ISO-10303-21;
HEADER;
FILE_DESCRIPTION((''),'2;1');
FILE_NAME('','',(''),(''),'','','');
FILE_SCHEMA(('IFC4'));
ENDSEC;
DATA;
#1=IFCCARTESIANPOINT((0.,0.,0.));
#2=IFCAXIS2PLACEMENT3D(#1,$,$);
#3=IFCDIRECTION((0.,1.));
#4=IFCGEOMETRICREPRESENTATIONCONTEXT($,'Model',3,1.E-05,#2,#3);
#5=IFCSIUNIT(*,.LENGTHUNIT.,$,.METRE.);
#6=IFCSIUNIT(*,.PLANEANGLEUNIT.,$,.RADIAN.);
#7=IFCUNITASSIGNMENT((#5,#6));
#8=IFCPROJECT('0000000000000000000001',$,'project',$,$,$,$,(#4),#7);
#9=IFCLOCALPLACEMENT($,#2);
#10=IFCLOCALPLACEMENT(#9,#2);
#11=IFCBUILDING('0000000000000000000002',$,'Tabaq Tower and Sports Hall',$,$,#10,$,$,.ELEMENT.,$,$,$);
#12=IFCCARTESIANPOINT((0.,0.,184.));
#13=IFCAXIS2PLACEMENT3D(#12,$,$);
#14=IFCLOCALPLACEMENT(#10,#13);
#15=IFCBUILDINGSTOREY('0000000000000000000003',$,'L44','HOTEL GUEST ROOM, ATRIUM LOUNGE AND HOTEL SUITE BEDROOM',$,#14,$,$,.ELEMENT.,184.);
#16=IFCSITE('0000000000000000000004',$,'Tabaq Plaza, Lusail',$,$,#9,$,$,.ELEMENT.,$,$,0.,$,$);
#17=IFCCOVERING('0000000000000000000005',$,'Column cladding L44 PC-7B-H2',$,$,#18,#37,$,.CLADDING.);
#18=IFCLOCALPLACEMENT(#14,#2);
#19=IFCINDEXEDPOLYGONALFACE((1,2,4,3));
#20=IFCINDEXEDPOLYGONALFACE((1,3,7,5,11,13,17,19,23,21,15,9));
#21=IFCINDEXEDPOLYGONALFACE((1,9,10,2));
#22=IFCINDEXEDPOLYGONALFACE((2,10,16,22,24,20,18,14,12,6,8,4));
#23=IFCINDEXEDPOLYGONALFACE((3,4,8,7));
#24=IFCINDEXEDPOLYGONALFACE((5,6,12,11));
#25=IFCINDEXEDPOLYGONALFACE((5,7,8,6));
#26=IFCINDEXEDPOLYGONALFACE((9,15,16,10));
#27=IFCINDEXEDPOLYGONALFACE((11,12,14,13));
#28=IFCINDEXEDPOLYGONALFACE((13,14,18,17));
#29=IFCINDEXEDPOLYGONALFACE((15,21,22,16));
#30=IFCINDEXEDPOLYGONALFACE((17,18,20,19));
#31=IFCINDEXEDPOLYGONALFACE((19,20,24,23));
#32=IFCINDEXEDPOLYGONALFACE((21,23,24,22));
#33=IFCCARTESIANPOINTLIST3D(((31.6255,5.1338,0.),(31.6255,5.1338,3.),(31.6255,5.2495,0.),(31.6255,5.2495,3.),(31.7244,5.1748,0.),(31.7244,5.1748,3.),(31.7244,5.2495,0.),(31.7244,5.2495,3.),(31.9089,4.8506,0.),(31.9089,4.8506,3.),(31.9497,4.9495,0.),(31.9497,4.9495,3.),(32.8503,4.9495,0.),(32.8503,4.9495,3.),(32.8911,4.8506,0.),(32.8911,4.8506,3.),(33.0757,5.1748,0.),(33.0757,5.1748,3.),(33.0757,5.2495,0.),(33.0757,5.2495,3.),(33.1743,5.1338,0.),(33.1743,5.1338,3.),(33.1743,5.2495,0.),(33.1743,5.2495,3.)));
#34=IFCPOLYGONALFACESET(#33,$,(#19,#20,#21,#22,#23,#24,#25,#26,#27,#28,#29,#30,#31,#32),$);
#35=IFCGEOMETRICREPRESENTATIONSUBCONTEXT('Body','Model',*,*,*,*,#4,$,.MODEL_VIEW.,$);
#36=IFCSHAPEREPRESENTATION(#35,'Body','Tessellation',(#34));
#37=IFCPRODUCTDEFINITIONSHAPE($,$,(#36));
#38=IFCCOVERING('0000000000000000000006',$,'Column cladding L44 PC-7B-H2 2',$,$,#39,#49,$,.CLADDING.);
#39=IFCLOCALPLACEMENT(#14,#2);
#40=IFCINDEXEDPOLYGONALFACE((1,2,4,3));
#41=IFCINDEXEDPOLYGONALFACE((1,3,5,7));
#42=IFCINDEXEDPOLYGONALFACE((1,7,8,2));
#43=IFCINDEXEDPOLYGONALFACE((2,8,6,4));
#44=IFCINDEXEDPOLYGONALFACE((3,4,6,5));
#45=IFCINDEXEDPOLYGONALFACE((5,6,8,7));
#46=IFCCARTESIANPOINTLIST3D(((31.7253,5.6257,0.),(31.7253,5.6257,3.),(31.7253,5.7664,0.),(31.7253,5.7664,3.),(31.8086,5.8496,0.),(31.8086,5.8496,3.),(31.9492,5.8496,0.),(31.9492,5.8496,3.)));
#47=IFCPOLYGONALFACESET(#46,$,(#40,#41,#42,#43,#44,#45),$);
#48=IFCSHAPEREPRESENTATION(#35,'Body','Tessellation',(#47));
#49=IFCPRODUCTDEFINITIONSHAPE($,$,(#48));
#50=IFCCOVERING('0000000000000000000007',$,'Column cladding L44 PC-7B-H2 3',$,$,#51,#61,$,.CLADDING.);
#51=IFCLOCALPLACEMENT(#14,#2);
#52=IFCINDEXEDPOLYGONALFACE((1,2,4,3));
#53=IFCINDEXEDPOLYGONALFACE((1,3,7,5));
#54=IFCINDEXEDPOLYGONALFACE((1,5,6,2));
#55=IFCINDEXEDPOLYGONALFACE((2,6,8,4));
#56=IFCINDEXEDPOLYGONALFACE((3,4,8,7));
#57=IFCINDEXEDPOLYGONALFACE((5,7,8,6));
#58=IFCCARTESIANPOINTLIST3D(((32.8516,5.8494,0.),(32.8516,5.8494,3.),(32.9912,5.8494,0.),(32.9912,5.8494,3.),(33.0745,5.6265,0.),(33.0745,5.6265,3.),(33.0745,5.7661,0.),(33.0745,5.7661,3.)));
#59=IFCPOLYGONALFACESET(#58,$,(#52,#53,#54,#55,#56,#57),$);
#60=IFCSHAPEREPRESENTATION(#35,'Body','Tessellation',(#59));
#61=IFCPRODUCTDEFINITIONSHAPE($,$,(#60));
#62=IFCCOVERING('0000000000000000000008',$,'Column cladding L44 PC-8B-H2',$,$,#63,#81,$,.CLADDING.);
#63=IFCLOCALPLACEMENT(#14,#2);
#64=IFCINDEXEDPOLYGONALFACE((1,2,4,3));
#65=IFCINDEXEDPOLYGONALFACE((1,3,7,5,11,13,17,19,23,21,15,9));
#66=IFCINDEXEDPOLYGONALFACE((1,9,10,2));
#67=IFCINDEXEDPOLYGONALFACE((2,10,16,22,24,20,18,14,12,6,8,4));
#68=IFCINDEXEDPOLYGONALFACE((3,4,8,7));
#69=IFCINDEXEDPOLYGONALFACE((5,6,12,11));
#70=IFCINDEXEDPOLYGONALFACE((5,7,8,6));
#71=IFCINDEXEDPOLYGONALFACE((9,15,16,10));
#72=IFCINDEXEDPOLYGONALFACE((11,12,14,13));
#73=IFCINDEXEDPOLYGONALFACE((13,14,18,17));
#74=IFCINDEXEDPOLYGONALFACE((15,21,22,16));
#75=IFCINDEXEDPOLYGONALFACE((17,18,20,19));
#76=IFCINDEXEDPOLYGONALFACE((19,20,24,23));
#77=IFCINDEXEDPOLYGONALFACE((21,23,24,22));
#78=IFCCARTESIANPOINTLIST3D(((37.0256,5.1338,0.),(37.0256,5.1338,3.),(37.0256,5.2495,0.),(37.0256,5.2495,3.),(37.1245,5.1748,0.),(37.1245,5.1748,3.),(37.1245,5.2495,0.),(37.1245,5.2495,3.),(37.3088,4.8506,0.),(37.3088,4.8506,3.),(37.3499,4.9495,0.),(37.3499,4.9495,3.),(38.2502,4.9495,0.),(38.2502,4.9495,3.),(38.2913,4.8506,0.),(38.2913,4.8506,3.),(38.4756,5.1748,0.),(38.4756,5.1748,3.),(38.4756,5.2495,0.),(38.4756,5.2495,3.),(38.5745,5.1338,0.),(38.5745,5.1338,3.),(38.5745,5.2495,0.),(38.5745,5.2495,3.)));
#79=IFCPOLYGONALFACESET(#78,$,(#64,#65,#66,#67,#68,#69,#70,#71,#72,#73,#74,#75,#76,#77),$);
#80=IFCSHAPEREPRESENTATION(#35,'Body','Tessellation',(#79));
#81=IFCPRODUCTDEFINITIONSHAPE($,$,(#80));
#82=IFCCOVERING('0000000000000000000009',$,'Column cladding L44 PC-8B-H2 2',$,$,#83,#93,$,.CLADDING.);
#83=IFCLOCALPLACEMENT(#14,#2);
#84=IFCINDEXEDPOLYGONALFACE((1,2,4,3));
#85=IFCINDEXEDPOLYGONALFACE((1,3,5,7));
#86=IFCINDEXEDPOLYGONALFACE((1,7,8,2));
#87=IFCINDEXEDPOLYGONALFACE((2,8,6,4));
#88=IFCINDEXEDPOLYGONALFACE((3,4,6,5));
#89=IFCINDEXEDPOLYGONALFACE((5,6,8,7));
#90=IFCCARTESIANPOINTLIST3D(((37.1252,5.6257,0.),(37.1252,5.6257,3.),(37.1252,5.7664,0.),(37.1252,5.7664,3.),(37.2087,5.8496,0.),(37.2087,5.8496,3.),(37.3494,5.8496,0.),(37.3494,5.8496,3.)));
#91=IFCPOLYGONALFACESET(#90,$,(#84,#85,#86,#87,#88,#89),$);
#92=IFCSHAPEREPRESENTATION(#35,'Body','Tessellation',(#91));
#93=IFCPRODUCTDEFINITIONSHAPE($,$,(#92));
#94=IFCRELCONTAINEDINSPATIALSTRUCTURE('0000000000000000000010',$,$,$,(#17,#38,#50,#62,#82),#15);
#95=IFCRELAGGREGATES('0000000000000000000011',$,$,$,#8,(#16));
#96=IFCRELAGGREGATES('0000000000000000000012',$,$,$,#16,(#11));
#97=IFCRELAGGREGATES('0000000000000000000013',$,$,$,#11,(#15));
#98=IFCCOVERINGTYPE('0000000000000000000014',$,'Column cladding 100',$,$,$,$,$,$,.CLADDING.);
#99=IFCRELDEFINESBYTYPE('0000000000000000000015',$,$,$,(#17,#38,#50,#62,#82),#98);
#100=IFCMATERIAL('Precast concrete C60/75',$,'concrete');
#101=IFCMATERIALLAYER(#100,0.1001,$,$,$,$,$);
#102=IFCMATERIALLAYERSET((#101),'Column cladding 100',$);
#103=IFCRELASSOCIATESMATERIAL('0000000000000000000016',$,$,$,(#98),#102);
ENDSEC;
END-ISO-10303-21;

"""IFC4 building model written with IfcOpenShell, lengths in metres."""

from ifc_helpers import new_model, si_unit, direction, frame, origin, place, context, subcontext, project, spatial, polyline, outline, extrude, material, layer, layer_set, type_object, element, save


model = new_model("IFC4")

# Units and contexts
model_context = context("Model", 3, precision=1e-05, world=origin(), true_north=direction((0.0, 1.0)))
body_context = subcontext(model_context, "Body", "Model", "MODEL_VIEW")
ifc_project = project(units=[si_unit("LENGTHUNIT", "METRE"), si_unit("PLANEANGLEUNIT", "RADIAN")], contexts=[model_context])

# Site, building, storey
site_placement = place(None, origin())
site = spatial("IfcSite", under=ifc_project, at=site_placement, Name="Tabaq Plaza, Lusail", CompositionType="ELEMENT", RefElevation=0.0)
building_placement = place(site_placement, origin())
building = spatial("IfcBuilding", under=site, at=building_placement, Name="Tabaq Tower and Sports Hall", CompositionType="ELEMENT")
storey_placement = place(building_placement, frame((0.0, 0.0, 184.0)))
storey = spatial("IfcBuildingStorey", under=building, at=storey_placement, Name="L44", Description="HOTEL GUEST ROOM, ATRIUM LOUNGE AND HOTEL SUITE BEDROOM", CompositionType="ELEMENT", Elevation=184.0)

# Coverings
ifc_material_1 = material(Name="Precast concrete C60/75", Category="concrete")
ifc_layer_1 = layer(ifc_material_1, 0.1001)
ifc_layer_set_1 = layer_set([ifc_layer_1], Name="Column cladding 100")
covering_type = type_object("IfcCoveringType", Name="Column cladding 100", PredefinedType="CLADDING", material=ifc_layer_set_1)
covering_1_placement = place(storey_placement, origin())
element("IfcCovering", 1, at=covering_1_placement, inside=storey, type_object=covering_type, Name="Column cladding L44 PC-7B-H2", PredefinedType="CLADDING", context=body_context, shape_type="SweptSolid", body=[
    extrude(outline(polyline([(31.6255, 5.2495), (31.7244, 5.2495), (31.7244, 5.1748), (31.9497, 4.9495), (32.8503, 4.9495), (33.0757, 5.1748), (33.0757, 5.2495), (33.1743, 5.2495), (33.1743, 5.1338), (32.8911, 4.8506), (31.9089, 4.8506), (31.6255, 5.1338), (31.6255, 5.2495)])), origin(), (0.0, 0.0, 1.0), 3.0),
])
covering_2_placement = place(storey_placement, origin())
element("IfcCovering", 2, at=covering_2_placement, inside=storey, type_object=covering_type, Name="Column cladding L44 PC-7B-H2 2", PredefinedType="CLADDING", context=body_context, shape_type="SweptSolid", body=[
    extrude(outline(polyline([(31.8086, 5.8496), (31.9492, 5.8496), (31.7253, 5.6257), (31.7253, 5.7664), (31.8086, 5.8496)])), origin(), (0.0, 0.0, 1.0), 3.0),
])
covering_3_placement = place(storey_placement, origin())
element("IfcCovering", 3, at=covering_3_placement, inside=storey, type_object=covering_type, Name="Column cladding L44 PC-7B-H2 3", PredefinedType="CLADDING", context=body_context, shape_type="SweptSolid", body=[
    extrude(outline(polyline([(33.0745, 5.6265), (32.8516, 5.8494), (32.9912, 5.8494), (33.0745, 5.7661), (33.0745, 5.6265)])), origin(), (0.0, 0.0, 1.0), 3.0),
])
covering_4_placement = place(storey_placement, origin())
element("IfcCovering", 4, at=covering_4_placement, inside=storey, type_object=covering_type, Name="Column cladding L44 PC-8B-H2", PredefinedType="CLADDING", context=body_context, shape_type="SweptSolid", body=[
    extrude(outline(polyline([(37.0256, 5.2495), (37.1245, 5.2495), (37.1245, 5.1748), (37.3499, 4.9495), (38.2502, 4.9495), (38.4756, 5.1748), (38.4756, 5.2495), (38.5745, 5.2495), (38.5745, 5.1338), (38.2913, 4.8506), (37.3088, 4.8506), (37.0256, 5.1338), (37.0256, 5.2495)])), origin(), (0.0, 0.0, 1.0), 3.0),
])
covering_5_placement = place(storey_placement, origin())
element("IfcCovering", 5, at=covering_5_placement, inside=storey, type_object=covering_type, Name="Column cladding L44 PC-8B-H2 2", PredefinedType="CLADDING", context=body_context, shape_type="SweptSolid", body=[
    extrude(outline(polyline([(37.2087, 5.8496), (37.3494, 5.8496), (37.1252, 5.6257), (37.1252, 5.7664), (37.2087, 5.8496)])), origin(), (0.0, 0.0, 1.0), 3.0),
])

save(model, "model.ifc")
